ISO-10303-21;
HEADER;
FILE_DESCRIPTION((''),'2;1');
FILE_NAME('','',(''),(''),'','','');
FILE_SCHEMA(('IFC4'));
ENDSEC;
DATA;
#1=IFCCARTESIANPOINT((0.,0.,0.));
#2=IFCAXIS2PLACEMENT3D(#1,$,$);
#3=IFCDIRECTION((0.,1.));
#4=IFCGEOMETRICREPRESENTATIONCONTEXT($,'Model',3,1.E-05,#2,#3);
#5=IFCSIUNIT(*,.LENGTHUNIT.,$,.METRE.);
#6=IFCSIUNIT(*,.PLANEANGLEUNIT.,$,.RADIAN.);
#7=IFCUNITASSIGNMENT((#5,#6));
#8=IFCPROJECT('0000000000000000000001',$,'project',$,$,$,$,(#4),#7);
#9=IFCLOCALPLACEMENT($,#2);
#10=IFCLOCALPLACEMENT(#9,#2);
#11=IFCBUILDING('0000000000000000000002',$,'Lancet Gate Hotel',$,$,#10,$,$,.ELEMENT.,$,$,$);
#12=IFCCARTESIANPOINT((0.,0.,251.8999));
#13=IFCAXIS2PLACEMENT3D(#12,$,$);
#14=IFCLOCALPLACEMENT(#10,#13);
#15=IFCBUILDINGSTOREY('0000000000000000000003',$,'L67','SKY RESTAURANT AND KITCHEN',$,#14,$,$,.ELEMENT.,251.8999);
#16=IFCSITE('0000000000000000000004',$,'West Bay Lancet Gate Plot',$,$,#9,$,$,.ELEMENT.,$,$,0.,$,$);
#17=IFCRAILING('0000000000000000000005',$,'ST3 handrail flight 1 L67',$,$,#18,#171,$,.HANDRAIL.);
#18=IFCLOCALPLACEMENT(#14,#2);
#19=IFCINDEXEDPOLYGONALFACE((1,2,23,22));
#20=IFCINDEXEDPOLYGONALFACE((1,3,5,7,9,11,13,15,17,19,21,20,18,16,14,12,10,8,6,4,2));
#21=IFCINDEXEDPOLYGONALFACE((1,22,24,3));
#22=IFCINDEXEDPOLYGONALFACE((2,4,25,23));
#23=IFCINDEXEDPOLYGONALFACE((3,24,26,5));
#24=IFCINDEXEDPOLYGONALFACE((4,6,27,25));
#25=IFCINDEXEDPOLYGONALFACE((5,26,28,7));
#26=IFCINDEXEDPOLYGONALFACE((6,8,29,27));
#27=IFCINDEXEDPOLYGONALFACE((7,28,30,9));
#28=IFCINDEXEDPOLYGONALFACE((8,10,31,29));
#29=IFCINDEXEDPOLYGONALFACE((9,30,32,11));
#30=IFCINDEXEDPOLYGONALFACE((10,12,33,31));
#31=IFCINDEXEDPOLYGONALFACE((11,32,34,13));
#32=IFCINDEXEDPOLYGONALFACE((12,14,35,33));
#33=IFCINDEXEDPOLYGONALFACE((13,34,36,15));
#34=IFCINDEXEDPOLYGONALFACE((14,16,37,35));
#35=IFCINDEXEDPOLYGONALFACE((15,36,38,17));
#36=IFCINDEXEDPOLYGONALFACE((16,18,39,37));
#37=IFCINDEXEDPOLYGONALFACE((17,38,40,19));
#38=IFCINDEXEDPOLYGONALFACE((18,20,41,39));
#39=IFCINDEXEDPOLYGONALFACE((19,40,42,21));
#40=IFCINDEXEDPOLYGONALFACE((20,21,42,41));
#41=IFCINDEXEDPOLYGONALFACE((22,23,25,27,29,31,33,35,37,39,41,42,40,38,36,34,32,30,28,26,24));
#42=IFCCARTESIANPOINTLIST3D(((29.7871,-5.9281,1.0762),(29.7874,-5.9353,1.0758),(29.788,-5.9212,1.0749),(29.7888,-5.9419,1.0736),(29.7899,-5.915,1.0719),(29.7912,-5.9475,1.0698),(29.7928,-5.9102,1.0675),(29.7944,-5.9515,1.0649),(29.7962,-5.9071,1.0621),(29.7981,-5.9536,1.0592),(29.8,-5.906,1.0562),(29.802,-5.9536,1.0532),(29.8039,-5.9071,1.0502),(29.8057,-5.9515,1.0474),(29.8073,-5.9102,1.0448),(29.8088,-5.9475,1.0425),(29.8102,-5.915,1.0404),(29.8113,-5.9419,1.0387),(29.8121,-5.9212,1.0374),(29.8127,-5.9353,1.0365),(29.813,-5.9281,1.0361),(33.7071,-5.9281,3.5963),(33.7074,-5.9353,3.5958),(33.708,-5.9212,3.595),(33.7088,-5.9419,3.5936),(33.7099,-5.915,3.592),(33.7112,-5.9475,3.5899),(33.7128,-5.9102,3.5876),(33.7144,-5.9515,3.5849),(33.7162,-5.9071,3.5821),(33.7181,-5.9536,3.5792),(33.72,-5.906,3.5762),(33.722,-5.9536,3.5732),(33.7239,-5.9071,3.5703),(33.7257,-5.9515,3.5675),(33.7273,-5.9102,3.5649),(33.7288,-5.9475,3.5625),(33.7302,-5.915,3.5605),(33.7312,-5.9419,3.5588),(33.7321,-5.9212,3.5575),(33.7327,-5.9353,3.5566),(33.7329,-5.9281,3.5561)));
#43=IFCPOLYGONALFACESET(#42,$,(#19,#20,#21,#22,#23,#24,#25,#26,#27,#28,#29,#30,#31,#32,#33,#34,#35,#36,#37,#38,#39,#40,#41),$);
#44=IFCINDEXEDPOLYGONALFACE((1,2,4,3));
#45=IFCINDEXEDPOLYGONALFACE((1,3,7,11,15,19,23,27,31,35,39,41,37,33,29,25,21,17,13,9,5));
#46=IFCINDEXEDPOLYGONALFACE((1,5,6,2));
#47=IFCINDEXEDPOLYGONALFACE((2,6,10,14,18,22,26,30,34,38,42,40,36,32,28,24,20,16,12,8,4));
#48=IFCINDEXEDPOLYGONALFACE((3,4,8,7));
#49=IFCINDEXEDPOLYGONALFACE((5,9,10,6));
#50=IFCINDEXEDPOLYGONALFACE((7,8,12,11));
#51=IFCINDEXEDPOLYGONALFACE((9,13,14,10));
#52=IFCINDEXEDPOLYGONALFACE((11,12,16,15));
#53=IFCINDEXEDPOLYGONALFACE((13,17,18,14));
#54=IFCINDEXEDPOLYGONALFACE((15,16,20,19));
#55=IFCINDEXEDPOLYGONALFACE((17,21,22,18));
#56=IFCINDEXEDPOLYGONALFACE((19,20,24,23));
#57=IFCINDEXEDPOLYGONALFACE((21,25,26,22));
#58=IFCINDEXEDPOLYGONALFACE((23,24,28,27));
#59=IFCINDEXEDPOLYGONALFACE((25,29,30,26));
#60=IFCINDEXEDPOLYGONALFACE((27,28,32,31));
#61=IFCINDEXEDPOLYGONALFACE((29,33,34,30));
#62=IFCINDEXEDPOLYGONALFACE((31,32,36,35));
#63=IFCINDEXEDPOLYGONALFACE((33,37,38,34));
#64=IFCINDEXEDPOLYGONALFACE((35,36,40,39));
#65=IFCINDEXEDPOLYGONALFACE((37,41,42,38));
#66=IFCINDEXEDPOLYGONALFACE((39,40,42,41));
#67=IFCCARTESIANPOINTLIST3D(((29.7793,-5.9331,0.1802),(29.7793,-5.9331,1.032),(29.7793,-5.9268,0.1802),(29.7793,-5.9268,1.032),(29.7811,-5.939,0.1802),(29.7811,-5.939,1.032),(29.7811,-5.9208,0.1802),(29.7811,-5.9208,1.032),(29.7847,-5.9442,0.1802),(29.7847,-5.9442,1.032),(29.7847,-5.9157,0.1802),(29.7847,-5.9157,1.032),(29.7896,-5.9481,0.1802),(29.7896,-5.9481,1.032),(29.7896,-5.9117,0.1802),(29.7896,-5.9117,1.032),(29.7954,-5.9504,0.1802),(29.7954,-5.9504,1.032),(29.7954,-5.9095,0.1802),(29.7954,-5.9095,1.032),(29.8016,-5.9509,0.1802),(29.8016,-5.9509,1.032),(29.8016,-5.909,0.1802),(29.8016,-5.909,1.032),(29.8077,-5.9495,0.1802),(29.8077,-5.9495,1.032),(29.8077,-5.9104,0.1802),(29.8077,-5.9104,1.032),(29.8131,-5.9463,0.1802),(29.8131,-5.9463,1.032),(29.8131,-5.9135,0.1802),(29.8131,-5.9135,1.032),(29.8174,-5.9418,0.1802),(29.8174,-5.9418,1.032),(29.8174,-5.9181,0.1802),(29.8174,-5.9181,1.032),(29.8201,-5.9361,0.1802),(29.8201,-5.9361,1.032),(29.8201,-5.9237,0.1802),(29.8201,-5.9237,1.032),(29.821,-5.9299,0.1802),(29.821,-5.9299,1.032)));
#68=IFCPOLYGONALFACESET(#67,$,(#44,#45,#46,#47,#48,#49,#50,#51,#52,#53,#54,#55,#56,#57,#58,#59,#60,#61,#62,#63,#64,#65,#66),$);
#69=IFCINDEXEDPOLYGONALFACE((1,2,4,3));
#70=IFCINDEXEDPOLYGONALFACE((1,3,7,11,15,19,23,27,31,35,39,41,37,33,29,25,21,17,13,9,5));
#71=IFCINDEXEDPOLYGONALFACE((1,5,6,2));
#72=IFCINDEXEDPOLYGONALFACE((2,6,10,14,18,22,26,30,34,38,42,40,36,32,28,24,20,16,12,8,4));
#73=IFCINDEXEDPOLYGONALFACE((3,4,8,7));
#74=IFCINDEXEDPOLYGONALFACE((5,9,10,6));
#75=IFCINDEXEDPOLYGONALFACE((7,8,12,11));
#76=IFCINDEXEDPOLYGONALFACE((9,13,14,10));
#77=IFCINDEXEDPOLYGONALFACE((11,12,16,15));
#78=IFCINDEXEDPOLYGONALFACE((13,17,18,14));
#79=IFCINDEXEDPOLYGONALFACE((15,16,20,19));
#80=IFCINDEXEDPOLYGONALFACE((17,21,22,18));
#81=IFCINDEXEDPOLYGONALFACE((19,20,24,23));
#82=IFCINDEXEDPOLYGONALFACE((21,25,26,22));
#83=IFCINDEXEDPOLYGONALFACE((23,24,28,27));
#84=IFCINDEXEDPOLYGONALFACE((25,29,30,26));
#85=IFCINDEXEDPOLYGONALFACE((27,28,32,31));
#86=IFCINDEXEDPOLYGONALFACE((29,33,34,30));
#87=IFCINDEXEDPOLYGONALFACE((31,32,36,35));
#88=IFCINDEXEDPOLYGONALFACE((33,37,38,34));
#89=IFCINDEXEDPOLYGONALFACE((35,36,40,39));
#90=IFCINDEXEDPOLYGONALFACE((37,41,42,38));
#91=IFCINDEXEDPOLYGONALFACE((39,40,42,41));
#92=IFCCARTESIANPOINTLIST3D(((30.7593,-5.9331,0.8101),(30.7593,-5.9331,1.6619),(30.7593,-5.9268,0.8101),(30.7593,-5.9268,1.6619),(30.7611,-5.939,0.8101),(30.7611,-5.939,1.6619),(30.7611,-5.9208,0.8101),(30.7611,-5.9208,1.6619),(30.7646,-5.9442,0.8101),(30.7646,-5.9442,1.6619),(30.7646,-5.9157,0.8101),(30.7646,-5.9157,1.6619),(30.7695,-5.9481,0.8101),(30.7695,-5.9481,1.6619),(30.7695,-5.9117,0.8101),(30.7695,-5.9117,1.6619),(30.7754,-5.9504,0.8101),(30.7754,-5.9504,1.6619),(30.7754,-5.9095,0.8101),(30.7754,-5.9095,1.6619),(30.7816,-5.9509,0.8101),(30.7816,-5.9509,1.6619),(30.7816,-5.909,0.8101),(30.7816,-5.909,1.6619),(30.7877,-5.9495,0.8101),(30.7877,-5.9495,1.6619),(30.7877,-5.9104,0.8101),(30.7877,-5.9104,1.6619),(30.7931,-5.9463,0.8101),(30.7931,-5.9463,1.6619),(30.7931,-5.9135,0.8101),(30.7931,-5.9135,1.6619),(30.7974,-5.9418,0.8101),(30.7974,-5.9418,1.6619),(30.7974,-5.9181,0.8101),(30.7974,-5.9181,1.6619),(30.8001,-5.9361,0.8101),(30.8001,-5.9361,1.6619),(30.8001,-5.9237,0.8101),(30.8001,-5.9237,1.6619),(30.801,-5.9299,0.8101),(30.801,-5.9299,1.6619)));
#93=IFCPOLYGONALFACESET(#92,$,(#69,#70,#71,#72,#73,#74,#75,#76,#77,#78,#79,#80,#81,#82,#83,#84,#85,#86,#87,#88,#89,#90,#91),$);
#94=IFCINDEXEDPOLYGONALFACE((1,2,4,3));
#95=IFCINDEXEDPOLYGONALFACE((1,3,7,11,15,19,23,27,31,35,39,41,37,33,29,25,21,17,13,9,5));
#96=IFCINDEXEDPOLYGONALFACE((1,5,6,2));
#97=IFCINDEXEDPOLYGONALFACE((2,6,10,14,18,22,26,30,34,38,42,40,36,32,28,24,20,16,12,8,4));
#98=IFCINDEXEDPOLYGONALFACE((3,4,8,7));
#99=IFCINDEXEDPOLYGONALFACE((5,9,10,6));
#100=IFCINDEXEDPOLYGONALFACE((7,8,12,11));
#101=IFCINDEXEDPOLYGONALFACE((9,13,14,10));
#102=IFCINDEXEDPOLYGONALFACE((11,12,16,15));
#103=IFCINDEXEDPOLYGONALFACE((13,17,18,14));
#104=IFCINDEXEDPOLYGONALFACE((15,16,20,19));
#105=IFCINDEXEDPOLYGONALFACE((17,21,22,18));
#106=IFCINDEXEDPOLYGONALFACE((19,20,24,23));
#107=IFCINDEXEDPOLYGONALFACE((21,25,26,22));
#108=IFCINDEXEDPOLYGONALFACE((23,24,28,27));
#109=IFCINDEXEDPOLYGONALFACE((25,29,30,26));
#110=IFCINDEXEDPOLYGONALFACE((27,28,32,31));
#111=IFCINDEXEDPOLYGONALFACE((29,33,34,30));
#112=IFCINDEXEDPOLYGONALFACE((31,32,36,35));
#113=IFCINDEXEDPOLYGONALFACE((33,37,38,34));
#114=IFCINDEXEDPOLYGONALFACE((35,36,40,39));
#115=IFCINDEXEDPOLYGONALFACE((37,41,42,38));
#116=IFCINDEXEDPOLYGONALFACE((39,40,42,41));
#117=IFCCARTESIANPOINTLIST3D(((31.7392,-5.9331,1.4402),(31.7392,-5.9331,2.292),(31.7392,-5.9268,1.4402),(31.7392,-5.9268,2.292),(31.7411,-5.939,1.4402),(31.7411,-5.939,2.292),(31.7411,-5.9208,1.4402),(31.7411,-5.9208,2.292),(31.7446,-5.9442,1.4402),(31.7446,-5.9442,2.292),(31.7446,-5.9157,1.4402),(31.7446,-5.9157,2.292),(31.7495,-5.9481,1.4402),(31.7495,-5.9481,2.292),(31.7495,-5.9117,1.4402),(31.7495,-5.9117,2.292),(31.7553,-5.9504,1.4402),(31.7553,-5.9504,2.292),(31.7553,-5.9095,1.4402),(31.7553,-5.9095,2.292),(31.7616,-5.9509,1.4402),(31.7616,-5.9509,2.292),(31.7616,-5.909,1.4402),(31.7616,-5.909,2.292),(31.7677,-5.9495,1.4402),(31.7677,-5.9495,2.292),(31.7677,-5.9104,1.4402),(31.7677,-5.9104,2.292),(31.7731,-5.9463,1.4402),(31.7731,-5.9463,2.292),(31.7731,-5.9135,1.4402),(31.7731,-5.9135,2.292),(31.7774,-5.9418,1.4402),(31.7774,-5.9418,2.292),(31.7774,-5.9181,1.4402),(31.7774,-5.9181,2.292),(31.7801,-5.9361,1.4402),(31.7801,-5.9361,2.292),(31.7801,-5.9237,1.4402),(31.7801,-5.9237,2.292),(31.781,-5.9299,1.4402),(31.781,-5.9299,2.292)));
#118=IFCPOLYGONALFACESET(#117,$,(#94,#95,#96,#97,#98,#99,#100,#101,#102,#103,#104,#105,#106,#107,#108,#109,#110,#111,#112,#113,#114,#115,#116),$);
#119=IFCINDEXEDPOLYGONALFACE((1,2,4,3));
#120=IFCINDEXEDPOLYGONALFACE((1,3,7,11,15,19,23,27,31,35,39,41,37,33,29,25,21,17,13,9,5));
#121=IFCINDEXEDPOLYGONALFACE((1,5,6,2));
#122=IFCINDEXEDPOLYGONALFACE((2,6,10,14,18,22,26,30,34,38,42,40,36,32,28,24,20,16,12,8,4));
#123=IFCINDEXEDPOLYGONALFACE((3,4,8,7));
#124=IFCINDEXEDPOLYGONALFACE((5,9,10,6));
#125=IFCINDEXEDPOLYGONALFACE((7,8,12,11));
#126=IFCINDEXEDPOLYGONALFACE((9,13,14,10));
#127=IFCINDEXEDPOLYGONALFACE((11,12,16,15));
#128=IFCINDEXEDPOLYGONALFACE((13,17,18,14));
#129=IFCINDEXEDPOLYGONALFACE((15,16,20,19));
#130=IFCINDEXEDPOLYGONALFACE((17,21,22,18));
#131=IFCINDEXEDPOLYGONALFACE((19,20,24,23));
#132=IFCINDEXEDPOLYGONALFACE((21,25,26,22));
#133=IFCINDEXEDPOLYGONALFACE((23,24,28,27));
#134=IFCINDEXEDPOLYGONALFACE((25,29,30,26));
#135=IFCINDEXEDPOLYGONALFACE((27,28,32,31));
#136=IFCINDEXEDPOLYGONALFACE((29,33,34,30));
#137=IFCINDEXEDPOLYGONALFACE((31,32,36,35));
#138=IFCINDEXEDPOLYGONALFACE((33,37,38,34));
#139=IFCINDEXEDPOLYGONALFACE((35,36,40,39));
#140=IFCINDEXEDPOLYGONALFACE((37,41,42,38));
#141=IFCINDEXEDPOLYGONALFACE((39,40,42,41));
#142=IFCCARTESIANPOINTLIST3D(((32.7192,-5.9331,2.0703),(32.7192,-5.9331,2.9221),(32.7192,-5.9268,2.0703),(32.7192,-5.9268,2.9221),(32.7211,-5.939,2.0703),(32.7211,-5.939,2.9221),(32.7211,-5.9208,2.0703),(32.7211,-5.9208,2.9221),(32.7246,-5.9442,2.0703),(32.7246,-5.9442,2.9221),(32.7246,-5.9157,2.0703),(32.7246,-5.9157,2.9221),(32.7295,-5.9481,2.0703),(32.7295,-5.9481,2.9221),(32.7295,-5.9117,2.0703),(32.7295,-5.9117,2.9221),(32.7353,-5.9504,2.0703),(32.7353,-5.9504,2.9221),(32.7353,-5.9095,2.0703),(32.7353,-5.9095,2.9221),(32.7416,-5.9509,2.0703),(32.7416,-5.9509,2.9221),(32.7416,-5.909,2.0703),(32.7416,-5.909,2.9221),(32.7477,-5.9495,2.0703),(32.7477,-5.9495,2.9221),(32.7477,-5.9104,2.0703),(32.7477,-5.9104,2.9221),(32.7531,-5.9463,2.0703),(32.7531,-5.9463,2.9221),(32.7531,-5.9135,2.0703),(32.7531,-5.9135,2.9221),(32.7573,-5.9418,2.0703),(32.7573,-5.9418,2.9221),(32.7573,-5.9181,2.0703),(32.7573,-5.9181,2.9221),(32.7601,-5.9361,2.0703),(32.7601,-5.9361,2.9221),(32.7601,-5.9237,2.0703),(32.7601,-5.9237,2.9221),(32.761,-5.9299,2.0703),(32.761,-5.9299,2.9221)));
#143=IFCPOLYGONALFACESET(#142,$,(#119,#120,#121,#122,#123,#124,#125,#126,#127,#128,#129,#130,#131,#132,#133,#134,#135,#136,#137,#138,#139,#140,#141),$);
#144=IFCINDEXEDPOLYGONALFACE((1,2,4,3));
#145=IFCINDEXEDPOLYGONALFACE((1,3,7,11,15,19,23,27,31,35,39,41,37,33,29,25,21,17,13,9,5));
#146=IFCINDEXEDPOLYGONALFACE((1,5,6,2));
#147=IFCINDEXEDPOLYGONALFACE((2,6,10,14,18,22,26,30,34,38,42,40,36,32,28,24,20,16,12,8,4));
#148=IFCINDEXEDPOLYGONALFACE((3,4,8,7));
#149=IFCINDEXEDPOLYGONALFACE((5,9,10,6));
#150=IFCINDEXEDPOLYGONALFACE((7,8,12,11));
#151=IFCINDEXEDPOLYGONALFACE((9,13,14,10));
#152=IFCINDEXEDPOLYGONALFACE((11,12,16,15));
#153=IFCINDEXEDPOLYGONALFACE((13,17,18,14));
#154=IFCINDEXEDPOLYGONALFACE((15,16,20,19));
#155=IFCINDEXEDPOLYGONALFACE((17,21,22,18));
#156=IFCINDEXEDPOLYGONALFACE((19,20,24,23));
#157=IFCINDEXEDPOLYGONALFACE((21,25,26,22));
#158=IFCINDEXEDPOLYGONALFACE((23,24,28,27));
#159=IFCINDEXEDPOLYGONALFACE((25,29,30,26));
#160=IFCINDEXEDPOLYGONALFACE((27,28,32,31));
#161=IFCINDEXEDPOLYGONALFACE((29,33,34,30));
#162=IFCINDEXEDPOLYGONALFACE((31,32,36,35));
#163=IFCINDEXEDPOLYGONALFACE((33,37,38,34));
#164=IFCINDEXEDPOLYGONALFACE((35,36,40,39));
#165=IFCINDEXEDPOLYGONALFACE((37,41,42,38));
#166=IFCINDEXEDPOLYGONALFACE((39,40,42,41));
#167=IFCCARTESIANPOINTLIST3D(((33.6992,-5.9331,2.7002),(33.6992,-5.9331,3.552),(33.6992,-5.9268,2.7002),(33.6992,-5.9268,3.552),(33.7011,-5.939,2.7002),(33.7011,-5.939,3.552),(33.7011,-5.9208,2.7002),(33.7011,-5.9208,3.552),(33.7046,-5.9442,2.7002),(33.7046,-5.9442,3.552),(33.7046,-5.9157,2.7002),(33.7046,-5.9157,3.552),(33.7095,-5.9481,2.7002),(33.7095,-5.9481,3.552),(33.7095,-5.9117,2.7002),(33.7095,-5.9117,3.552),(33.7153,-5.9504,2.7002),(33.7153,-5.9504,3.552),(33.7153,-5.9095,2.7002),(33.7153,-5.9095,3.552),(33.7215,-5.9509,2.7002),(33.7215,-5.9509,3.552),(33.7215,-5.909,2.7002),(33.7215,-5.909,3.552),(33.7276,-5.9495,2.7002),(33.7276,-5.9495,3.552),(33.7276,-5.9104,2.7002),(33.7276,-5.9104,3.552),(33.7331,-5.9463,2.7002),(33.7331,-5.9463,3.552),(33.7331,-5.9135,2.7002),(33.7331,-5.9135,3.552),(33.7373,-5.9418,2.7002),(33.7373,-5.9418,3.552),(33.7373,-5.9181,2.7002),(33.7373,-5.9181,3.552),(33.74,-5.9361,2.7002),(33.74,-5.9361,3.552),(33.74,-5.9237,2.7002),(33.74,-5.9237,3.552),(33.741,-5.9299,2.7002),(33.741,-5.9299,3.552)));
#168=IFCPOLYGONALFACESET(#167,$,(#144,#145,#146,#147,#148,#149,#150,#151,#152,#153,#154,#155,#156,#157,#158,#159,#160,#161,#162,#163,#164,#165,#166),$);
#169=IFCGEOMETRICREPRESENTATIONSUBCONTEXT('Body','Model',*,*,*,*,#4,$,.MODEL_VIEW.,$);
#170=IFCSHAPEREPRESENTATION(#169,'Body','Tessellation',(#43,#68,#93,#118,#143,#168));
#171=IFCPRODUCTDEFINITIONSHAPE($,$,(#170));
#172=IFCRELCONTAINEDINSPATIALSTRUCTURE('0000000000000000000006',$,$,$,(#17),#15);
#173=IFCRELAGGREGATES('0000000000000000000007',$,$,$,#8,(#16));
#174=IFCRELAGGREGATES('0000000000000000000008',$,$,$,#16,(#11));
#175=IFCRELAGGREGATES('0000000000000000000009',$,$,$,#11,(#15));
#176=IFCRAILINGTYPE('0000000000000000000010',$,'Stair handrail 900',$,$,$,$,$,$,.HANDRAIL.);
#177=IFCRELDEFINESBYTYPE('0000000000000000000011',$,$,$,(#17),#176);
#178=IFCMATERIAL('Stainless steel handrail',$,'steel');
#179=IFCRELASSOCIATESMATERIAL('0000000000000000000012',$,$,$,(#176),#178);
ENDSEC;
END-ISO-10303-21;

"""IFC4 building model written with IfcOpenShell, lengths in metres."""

from ifc_helpers import new_model, si_unit, direction, frame, origin, origin_2d, place, context, subcontext, project, spatial, circle, extrude, material, type_object, element, save


model = new_model("IFC4")

# Units and contexts
model_context = context("Model", 3, precision=1e-05, world=origin(), true_north=direction((0.0, 1.0)))
body_context = subcontext(model_context, "Body", "Model", "MODEL_VIEW")
ifc_project = project(units=[si_unit("LENGTHUNIT", "METRE"), si_unit("PLANEANGLEUNIT", "RADIAN")], contexts=[model_context])

# Site, building, storey
site_placement = place(None, origin())
site = spatial("IfcSite", under=ifc_project, at=site_placement, Name="West Bay Lancet Gate Plot", CompositionType="ELEMENT", RefElevation=0.0)
building_placement = place(site_placement, origin())
building = spatial("IfcBuilding", under=site, at=building_placement, Name="Lancet Gate Hotel", CompositionType="ELEMENT")
storey_placement = place(building_placement, frame((0.0, 0.0, 251.8999)))
storey = spatial("IfcBuildingStorey", under=building, at=storey_placement, Name="L67", Description="SKY RESTAURANT AND KITCHEN", CompositionType="ELEMENT", Elevation=251.8999)

# Railing
ifc_material_1 = material(Name="Stainless steel handrail", Category="steel")
railing_type_1 = type_object("IfcRailingType", Name="Stair handrail 900", PredefinedType="HANDRAIL", material=ifc_material_1)
railing_1_placement = place(storey_placement, frame((29.8, -5.9299, 0.1802)))
element("IfcRailing", 1, at=railing_1_placement, inside=storey, type_object=railing_type_1, Name="ST3 handrail flight 1 L67", PredefinedType="HANDRAIL", context=body_context, shape_type="SweptSolid", body=[
    extrude(circle(Radius=0.0239, at=origin_2d()), frame((0.0, 0.0, 0.876), z_axis=(0.841172, 0.0, 0.540768), x_axis=(0.0, 1.0, 0.0)), (0.0, 0.0, 1.0), 4.6602),
    extrude(circle(Radius=0.021, at=origin_2d()), origin(), (0.0, 0.0, 1.0), 0.8518),
    extrude(circle(Radius=0.021, at=origin_2d()), frame((0.98, 0.0, 0.6299)), (0.0, 0.0, 1.0), 0.8518),
    extrude(circle(Radius=0.021, at=origin_2d()), frame((1.96, 0.0, 1.26)), (0.0, 0.0, 1.0), 0.8518),
    extrude(circle(Radius=0.021, at=origin_2d()), frame((2.9399, 0.0, 1.8901)), (0.0, 0.0, 1.0), 0.8518),
    extrude(circle(Radius=0.021, at=origin_2d()), frame((3.9199, 0.0, 2.52)), (0.0, 0.0, 1.0), 0.8518),
])

save(model, "model.ifc")
